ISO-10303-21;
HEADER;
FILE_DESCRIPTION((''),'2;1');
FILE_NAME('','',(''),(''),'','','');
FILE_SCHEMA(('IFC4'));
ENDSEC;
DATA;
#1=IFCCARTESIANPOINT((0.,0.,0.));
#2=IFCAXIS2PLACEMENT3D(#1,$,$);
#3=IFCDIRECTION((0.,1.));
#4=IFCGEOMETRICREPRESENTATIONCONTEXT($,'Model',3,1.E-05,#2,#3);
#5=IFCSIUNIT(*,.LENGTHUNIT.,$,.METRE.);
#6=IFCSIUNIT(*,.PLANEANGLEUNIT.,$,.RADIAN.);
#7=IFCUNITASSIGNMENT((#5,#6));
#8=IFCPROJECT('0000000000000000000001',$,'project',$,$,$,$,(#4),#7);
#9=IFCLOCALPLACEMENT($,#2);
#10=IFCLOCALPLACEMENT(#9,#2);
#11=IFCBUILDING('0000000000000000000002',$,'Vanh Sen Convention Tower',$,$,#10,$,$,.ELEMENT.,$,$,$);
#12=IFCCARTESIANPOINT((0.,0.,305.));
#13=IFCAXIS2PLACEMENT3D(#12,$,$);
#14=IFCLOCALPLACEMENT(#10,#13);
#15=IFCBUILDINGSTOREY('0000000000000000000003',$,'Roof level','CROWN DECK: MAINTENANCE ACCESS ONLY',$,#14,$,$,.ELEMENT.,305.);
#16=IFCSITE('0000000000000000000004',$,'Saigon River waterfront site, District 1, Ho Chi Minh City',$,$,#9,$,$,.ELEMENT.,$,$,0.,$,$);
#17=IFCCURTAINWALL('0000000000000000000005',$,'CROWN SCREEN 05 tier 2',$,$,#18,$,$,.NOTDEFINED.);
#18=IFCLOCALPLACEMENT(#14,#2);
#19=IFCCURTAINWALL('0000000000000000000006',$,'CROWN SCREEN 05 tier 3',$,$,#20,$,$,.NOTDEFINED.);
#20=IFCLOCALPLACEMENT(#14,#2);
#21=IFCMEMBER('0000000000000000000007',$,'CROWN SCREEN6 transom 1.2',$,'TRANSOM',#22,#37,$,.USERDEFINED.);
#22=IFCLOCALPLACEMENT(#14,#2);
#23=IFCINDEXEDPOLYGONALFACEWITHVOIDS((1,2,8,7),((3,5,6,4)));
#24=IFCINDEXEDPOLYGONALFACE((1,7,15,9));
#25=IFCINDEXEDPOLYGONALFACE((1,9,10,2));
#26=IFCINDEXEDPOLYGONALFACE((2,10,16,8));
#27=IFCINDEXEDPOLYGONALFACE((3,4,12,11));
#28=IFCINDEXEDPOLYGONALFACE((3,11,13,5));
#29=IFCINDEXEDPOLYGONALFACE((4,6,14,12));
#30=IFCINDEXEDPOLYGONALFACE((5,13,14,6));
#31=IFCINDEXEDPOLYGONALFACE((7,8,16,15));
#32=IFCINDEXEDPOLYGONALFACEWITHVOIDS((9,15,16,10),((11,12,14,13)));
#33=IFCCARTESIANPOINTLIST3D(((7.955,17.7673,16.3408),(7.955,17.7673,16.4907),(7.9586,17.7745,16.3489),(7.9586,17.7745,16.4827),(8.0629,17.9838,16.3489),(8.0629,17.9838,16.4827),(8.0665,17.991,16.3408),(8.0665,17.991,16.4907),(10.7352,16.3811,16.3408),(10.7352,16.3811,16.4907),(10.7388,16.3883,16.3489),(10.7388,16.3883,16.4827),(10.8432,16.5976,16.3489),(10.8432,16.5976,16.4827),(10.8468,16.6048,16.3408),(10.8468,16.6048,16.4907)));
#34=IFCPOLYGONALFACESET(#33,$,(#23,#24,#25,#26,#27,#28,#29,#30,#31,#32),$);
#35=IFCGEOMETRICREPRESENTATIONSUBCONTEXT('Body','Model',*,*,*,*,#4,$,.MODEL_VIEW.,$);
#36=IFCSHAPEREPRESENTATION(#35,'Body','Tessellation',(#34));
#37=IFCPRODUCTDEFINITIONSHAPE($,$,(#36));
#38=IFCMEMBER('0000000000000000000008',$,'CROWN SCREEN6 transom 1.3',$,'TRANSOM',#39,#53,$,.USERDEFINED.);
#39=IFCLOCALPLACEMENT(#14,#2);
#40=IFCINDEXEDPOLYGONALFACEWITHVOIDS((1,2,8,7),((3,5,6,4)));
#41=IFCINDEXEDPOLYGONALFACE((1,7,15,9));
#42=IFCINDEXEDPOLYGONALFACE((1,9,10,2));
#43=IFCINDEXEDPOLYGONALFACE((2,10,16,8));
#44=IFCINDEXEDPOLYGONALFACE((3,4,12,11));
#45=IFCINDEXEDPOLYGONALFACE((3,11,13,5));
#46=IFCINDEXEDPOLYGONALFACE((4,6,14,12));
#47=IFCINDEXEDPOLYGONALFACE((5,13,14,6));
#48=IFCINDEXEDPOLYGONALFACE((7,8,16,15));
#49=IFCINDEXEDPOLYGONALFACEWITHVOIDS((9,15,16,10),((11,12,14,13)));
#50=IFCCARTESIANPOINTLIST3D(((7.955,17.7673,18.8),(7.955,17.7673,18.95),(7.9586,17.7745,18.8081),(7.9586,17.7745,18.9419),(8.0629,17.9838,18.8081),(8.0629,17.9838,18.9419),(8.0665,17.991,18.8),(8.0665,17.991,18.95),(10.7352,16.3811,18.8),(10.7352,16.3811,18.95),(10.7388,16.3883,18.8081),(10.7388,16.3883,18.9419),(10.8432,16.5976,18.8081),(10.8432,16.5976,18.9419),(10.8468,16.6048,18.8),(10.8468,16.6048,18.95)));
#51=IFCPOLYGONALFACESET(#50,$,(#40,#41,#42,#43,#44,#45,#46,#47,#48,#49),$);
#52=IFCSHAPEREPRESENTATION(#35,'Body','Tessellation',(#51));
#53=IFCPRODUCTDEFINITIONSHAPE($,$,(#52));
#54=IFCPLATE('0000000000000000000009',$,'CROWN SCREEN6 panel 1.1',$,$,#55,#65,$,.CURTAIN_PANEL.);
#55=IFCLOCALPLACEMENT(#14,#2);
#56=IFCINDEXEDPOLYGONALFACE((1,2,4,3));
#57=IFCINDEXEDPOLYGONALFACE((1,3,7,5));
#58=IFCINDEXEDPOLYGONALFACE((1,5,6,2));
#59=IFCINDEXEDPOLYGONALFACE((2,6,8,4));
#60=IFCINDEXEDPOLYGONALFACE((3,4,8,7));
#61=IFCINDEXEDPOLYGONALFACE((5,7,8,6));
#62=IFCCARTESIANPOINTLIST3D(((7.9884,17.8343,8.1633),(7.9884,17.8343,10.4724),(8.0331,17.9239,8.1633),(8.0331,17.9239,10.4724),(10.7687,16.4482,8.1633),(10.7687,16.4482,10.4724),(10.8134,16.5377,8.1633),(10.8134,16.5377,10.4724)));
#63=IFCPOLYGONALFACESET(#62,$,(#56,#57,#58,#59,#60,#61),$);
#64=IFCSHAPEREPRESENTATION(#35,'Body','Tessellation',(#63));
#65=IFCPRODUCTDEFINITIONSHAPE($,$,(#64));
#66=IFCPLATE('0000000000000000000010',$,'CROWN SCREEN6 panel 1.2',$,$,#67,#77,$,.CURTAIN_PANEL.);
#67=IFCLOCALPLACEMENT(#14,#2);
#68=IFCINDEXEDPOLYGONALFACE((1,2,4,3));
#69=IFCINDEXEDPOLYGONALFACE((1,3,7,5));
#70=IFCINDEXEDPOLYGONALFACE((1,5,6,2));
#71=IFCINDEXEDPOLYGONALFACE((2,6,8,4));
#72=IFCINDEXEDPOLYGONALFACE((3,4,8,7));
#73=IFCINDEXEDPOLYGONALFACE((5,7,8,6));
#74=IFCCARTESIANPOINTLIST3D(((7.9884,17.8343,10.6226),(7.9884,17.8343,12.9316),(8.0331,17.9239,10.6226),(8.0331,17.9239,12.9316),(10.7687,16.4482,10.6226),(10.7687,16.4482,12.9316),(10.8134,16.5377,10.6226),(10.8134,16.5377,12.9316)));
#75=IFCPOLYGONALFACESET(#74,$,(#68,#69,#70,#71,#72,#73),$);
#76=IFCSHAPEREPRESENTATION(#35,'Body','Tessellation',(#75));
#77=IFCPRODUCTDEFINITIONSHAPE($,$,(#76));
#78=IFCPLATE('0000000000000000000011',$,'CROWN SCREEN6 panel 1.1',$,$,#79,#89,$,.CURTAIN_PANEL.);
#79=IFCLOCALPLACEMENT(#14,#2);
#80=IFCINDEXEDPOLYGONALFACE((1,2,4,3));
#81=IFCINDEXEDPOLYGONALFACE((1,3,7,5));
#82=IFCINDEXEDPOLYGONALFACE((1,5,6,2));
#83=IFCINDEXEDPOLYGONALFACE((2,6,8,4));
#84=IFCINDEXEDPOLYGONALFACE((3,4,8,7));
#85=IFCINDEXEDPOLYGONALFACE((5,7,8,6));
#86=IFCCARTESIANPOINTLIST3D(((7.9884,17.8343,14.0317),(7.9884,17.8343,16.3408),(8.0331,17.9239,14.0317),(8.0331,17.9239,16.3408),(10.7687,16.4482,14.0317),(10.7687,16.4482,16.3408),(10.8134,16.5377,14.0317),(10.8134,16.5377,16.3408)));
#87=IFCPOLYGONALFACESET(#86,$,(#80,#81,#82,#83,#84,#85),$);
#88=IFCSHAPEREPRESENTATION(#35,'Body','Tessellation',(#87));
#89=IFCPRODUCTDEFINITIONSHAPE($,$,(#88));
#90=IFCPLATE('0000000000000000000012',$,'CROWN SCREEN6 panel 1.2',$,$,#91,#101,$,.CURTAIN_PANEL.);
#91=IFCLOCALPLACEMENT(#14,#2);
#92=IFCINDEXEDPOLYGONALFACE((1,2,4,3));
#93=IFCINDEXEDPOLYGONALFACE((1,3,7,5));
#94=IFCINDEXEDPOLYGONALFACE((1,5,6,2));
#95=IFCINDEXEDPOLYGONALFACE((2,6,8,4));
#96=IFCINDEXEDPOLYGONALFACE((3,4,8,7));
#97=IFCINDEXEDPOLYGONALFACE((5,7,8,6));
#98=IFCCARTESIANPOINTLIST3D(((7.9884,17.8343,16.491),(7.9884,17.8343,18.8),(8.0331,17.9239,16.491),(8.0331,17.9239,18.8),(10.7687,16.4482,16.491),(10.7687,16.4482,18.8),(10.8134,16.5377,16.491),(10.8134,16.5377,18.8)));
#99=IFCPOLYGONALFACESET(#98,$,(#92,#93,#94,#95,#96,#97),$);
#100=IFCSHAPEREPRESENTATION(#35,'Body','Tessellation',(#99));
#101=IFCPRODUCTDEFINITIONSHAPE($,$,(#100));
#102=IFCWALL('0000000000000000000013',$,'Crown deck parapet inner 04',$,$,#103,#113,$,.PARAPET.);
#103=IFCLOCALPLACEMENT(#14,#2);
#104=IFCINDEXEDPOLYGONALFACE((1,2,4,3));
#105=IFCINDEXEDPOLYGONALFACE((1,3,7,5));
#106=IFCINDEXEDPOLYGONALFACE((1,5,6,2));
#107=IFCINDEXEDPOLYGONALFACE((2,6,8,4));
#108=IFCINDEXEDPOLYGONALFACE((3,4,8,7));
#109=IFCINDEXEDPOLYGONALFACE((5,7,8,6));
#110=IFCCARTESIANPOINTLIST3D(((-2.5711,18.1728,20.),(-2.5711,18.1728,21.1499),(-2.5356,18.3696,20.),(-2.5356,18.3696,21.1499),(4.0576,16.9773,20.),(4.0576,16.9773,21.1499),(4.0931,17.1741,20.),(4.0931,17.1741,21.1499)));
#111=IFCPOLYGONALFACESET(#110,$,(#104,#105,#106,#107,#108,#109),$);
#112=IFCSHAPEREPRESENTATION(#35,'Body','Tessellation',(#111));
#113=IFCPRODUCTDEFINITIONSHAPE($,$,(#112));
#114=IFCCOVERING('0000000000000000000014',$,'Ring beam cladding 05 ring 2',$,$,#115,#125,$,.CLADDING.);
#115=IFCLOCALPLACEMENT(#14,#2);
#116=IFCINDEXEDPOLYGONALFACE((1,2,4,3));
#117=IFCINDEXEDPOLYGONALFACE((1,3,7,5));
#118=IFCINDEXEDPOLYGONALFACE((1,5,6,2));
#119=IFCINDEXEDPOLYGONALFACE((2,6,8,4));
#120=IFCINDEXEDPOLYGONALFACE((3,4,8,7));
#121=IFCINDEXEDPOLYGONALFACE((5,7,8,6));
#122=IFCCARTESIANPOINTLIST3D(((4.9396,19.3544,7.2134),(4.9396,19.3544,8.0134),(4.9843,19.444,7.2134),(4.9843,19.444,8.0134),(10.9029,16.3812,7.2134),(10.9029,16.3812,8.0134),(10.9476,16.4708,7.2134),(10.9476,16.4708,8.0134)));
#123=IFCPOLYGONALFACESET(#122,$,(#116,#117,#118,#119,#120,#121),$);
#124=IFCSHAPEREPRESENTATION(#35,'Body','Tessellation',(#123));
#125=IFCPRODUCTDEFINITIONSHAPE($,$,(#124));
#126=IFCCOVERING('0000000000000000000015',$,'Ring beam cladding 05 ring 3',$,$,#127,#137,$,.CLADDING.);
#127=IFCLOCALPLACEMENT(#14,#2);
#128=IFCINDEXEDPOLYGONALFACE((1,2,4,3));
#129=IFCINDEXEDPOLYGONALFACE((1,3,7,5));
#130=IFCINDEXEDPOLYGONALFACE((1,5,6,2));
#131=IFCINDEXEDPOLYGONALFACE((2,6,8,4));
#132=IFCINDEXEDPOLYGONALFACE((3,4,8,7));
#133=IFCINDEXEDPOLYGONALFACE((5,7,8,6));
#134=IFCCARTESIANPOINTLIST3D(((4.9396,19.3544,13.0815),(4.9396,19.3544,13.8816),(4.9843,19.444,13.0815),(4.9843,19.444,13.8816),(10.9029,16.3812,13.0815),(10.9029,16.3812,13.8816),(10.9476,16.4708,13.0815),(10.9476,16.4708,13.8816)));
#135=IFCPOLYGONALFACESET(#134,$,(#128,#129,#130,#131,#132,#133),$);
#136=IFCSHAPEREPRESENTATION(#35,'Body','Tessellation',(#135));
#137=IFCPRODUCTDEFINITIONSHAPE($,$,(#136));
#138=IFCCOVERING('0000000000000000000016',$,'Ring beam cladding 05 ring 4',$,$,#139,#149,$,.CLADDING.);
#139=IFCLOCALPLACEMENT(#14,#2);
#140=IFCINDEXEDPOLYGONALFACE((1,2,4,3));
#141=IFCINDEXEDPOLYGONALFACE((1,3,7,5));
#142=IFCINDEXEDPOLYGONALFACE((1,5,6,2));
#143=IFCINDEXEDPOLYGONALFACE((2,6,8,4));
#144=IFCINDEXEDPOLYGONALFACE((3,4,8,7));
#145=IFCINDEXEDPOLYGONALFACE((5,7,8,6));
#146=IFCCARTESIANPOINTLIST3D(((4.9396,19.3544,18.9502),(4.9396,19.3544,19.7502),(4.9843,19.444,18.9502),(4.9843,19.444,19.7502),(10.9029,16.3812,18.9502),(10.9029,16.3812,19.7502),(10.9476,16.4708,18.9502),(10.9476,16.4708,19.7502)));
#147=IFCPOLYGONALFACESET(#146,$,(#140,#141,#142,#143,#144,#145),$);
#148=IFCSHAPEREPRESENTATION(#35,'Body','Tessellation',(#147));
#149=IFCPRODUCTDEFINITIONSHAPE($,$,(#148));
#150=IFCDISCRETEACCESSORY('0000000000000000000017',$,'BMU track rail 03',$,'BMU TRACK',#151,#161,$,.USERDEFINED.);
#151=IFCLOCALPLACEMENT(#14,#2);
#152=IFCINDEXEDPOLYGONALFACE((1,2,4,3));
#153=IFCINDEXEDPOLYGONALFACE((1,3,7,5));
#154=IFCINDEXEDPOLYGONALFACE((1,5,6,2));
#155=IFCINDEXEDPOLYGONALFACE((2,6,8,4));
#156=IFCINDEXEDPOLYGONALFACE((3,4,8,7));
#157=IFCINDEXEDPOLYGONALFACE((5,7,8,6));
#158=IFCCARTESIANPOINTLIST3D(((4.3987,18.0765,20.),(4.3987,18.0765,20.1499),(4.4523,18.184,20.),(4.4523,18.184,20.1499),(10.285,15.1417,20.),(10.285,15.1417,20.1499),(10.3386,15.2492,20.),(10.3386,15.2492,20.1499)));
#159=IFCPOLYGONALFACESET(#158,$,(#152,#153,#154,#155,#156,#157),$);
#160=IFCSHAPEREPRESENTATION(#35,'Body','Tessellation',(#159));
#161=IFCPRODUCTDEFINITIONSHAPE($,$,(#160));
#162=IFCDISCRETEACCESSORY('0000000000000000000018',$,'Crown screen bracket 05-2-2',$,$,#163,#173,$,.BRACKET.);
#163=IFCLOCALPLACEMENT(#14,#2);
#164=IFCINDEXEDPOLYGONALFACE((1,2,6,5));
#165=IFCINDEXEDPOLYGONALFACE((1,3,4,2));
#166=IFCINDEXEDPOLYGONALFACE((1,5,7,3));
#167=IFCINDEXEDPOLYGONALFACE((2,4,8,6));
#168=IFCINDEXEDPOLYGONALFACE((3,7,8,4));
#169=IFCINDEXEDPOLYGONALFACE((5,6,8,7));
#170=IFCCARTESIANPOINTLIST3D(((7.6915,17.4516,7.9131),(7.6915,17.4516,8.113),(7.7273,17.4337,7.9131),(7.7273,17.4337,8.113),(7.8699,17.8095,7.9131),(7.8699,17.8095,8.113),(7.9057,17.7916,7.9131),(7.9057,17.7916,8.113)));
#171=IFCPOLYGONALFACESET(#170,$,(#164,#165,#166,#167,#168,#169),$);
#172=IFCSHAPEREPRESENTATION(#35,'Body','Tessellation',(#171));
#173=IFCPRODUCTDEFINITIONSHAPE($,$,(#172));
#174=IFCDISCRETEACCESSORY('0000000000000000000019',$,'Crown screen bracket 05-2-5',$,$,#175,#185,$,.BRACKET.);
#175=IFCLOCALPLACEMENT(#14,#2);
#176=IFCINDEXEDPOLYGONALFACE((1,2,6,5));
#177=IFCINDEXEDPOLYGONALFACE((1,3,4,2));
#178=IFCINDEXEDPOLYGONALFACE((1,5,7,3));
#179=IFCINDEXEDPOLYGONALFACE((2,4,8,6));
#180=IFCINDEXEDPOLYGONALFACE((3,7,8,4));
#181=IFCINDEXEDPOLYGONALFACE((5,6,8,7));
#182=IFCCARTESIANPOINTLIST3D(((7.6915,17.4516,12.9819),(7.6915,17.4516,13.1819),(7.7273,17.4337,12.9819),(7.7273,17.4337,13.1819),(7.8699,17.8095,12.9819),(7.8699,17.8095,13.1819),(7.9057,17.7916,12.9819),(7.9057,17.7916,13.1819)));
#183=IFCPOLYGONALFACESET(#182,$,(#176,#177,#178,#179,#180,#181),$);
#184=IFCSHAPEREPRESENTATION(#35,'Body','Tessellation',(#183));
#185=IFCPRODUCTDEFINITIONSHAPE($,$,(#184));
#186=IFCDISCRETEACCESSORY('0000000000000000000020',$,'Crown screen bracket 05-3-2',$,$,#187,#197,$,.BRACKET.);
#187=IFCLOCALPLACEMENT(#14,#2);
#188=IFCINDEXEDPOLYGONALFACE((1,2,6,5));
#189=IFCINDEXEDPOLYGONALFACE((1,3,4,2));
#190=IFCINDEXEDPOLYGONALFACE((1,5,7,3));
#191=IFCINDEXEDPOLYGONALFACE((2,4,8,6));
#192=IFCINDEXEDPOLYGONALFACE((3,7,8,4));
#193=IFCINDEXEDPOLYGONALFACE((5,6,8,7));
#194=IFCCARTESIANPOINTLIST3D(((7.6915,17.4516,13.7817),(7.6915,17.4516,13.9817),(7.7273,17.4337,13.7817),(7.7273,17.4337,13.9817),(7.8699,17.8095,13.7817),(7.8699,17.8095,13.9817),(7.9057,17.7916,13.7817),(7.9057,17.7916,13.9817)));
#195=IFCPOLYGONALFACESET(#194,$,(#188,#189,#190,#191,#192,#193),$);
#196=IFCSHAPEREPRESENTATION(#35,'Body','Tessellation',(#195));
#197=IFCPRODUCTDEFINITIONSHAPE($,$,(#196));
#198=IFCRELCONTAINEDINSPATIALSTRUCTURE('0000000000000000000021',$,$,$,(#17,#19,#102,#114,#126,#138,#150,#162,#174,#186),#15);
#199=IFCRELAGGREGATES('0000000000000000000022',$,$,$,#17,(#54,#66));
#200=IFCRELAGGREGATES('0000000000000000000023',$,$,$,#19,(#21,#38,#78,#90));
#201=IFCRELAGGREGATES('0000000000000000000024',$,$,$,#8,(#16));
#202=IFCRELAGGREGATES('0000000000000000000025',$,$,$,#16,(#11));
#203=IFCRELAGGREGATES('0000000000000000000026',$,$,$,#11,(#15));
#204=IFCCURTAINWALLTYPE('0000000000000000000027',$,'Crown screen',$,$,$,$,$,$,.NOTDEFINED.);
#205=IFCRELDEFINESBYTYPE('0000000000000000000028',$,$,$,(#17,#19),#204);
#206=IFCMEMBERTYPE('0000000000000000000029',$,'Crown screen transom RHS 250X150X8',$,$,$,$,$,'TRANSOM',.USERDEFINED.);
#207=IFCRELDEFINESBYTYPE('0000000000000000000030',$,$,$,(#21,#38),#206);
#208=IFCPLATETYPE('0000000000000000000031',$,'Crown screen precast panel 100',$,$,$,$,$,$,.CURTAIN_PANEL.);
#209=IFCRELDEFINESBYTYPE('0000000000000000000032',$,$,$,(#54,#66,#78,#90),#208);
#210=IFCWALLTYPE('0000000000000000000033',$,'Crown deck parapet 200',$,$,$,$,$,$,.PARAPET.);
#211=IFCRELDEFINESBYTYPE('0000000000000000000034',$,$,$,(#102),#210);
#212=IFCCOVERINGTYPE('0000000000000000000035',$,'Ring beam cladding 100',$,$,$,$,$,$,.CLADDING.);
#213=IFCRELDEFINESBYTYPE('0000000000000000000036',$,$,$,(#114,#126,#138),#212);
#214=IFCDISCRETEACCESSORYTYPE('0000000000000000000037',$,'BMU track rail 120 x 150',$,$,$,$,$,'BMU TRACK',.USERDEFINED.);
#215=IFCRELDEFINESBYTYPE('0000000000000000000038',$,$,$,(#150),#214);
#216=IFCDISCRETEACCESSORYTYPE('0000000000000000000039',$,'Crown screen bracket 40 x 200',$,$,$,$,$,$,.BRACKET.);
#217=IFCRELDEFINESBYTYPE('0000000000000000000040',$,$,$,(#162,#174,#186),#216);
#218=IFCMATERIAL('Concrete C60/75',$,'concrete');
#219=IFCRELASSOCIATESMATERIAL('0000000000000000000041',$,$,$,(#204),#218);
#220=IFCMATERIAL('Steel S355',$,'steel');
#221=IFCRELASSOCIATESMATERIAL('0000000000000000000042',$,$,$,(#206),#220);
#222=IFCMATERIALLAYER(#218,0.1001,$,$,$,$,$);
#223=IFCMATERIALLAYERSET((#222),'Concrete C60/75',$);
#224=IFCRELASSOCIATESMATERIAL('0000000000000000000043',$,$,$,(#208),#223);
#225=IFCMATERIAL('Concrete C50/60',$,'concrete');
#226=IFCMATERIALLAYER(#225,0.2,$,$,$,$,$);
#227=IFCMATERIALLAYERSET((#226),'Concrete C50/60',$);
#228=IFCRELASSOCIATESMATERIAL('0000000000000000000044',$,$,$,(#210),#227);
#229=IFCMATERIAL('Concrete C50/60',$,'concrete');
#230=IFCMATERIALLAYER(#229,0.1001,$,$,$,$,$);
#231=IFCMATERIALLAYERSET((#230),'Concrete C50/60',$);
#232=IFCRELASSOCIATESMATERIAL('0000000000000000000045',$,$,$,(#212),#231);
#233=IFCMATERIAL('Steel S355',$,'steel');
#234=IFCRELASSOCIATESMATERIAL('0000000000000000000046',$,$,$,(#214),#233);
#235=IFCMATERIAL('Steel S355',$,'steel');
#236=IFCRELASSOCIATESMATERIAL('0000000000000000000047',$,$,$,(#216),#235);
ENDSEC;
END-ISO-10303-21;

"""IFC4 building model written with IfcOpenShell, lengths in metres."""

from ifc_helpers import new_model, si_unit, direction, frame, frame_2d, origin, origin_2d, place, context, subcontext, project, spatial, rectangle, hollow_rectangle, extrude, material, layer, layer_set, material_profile, profile_set, type_object, element, aggregate, save


model = new_model("IFC4")

# Units and contexts
model_context = context("Model", 3, precision=1e-05, world=origin(), true_north=direction((0.0, 1.0)))
body_context = subcontext(model_context, "Body", "Model", "MODEL_VIEW")
ifc_project = project(units=[si_unit("LENGTHUNIT", "METRE"), si_unit("PLANEANGLEUNIT", "RADIAN")], contexts=[model_context])

# Site, building, storey
site_placement = place(None, origin())
site = spatial("IfcSite", under=ifc_project, at=site_placement, Name="Saigon River waterfront site, District 1, Ho Chi Minh City", CompositionType="ELEMENT", RefElevation=0.0)
building_placement = place(site_placement, origin())
building = spatial("IfcBuilding", under=site, at=building_placement, Name="Vanh Sen Convention Tower", CompositionType="ELEMENT")
storey_placement = place(building_placement, frame((0.0, 0.0, 305.0)))
storey = spatial("IfcBuildingStorey", under=building, at=storey_placement, Name="Roof level", Description="CROWN DECK: MAINTENANCE ACCESS ONLY", CompositionType="ELEMENT", Elevation=305.0)

# Shared definitions
ifc_material_1 = material(Name="Concrete C60/75", Category="concrete")
curtain_wall_type = type_object("IfcCurtainWallType", Name="Crown screen", PredefinedType="NOTDEFINED", material=ifc_material_1)
ifc_material_2 = material(Name="Steel S355", Category="steel")

# Curtain walls
curtain_wall_1_placement = place(storey_placement, origin())
curtain_wall_1 = element("IfcCurtainWall", 1, at=curtain_wall_1_placement, inside=storey, type_object=curtain_wall_type, Name="CROWN SCREEN 05 tier 2", PredefinedType="NOTDEFINED")
curtain_wall_2_placement = place(storey_placement, origin())
curtain_wall_2 = element("IfcCurtainWall", 2, at=curtain_wall_2_placement, inside=storey, type_object=curtain_wall_type, Name="CROWN SCREEN 05 tier 3", PredefinedType="NOTDEFINED")

# Shared definitions
ifc_material_profile_1 = material_profile(ifc_material_2, hollow_rectangle(XDim=0.25, YDim=0.1499, WallThickness=0.0081, at=origin_2d()), Name="RHS 250X150X8")
ifc_profile_set_1 = profile_set([ifc_material_profile_1], Name="Steel S355")
member_type_1 = type_object("IfcMemberType", Name="Crown screen transom RHS 250X150X8", ElementType="TRANSOM", PredefinedType="USERDEFINED", material=ifc_profile_set_1)

# Members
member_1_placement = place(storey_placement, frame((10.791, 16.4929, 16.4158), z_axis=(-0.89493, 0.446207, 0.0), x_axis=(-0.446207, -0.89493, 0.0)))
member_1 = element("IfcMember", 3, at=member_1_placement, type_object=member_type_1, Name="CROWN SCREEN6 transom 1.2", ObjectType="TRANSOM", PredefinedType="USERDEFINED", context=body_context, shape_type="SweptSolid", body=[
    extrude(hollow_rectangle(XDim=0.25, YDim=0.1499, WallThickness=0.0081, at=origin_2d()), origin(), (0.0, 0.0, 1.0), 3.1067),
])
member_2_placement = place(storey_placement, frame((10.791, 16.4929, 18.875), z_axis=(-0.89493, 0.446207, 0.0), x_axis=(-0.446207, -0.89493, 0.0)))
member_2 = element("IfcMember", 4, at=member_2_placement, type_object=member_type_1, Name="CROWN SCREEN6 transom 1.3", ObjectType="TRANSOM", PredefinedType="USERDEFINED", context=body_context, shape_type="SweptSolid", body=[
    extrude(hollow_rectangle(XDim=0.25, YDim=0.1499, WallThickness=0.0081, at=origin_2d()), origin(), (0.0, 0.0, 1.0), 3.1067),
])

# Plates
ifc_layer_1 = layer(ifc_material_1, 0.1001)
ifc_layer_set_1 = layer_set([ifc_layer_1], Name="Concrete C60/75")
plate_type = type_object("IfcPlateType", Name="Crown screen precast panel 100", PredefinedType="CURTAIN_PANEL", material=ifc_layer_set_1)
plate_1_placement = place(storey_placement, frame((9.4009, 17.186, 8.1633), z_axis=(0.0, 0.0, 1.0), x_axis=(-0.894937, 0.446193, 0.0)))
plate_1 = element("IfcPlate", 5, at=plate_1_placement, type_object=plate_type, Name="CROWN SCREEN6 panel 1.1", PredefinedType="CURTAIN_PANEL", context=body_context, shape_type="SweptSolid", body=[
    extrude(rectangle(XDim=3.1067, YDim=0.1001, at=origin_2d()), origin(), (0.0, 0.0, 1.0), 2.3091),
])
plate_2_placement = place(storey_placement, frame((9.4009, 17.186, 10.6226), z_axis=(0.0, 0.0, 1.0), x_axis=(-0.894937, 0.446193, 0.0)))
plate_2 = element("IfcPlate", 6, at=plate_2_placement, type_object=plate_type, Name="CROWN SCREEN6 panel 1.2", PredefinedType="CURTAIN_PANEL", context=body_context, shape_type="SweptSolid", body=[
    extrude(rectangle(XDim=3.1067, YDim=0.1001, at=origin_2d()), origin(), (0.0, 0.0, 1.0), 2.3091),
])
aggregate(curtain_wall_1, [plate_1, plate_2])
plate_3_placement = place(storey_placement, frame((9.4009, 17.186, 14.0317), z_axis=(0.0, 0.0, 1.0), x_axis=(-0.894937, 0.446193, 0.0)))
plate_3 = element("IfcPlate", 7, at=plate_3_placement, type_object=plate_type, Name="CROWN SCREEN6 panel 1.1", PredefinedType="CURTAIN_PANEL", context=body_context, shape_type="SweptSolid", body=[
    extrude(rectangle(XDim=3.1067, YDim=0.1001, at=origin_2d()), origin(), (0.0, 0.0, 1.0), 2.3091),
])
plate_4_placement = place(storey_placement, frame((9.4009, 17.186, 16.491), z_axis=(0.0, 0.0, 1.0), x_axis=(-0.894937, 0.446193, 0.0)))
plate_4 = element("IfcPlate", 8, at=plate_4_placement, type_object=plate_type, Name="CROWN SCREEN6 panel 1.2", PredefinedType="CURTAIN_PANEL", context=body_context, shape_type="SweptSolid", body=[
    extrude(rectangle(XDim=3.1067, YDim=0.1001, at=origin_2d()), origin(), (0.0, 0.0, 1.0), 2.3091),
])
aggregate(curtain_wall_2, [member_1, member_2, plate_3, plate_4])

# Wall
ifc_material_3 = material(Name="Concrete C50/60", Category="concrete")
ifc_layer_2 = layer(ifc_material_3, 0.2)
ifc_layer_set_2 = layer_set([ifc_layer_2], Name="Concrete C50/60")
wall_type = type_object("IfcWallType", Name="Crown deck parapet 200", PredefinedType="PARAPET", material=ifc_layer_set_2)
wall_placement = place(storey_placement, frame((4.0752, 17.0757, 20.0), z_axis=(0.0, 0.0, 1.0), x_axis=(-0.984121, 0.177498, 0.0)))
element("IfcWall", 9, at=wall_placement, inside=storey, type_object=wall_type, Name="Crown deck parapet inner 04", PredefinedType="PARAPET", context=body_context, shape_type="SweptSolid", body=[
    extrude(rectangle(XDim=6.7356, YDim=0.2, at=frame_2d((3.3677, 0.0))), origin(), (0.0, 0.0, 1.0), 1.1499),
])

# Coverings
ifc_material_4 = material(Name="Concrete C50/60", Category="concrete")
ifc_layer_3 = layer(ifc_material_4, 0.1001)
ifc_layer_set_3 = layer_set([ifc_layer_3], Name="Concrete C50/60")
covering_type = type_object("IfcCoveringType", Name="Ring beam cladding 100", PredefinedType="CLADDING", material=ifc_layer_set_3)
for number, where, z_axis, x_axis, name in (
    (10, (7.9436, 17.9126, 7.2134), (0.0, 0.0, 1.0), (-0.894937, 0.446193, 0.0), "Ring beam cladding 05 ring 2"),
    (11, (7.9436, 17.9126, 13.0815), (0.0, 0.0, 1.0), (-0.894937, 0.446193, 0.0), "Ring beam cladding 05 ring 3"),
    (12, (7.9436, 17.9126, 18.9502), (0.0, 0.0, 1.0), (-0.894937, 0.446193, 0.0), "Ring beam cladding 05 ring 4"),
):
    element("IfcCovering", number, at=place(storey_placement, frame(where, z_axis=z_axis, x_axis=x_axis)), inside=storey, type_object=covering_type, Name=name, PredefinedType="CLADDING", context=body_context, shape_type="SweptSolid", body=[
        extrude(rectangle(XDim=6.6633, YDim=0.1001, at=origin_2d()), origin(), (0.0, 0.0, 1.0), 0.8),
    ])

# Discrete accessories
ifc_material_5 = material(Name="Steel S355", Category="steel")
discrete_accessory_type_1 = type_object("IfcDiscreteAccessoryType", Name="BMU track rail 120 x 150", ElementType="BMU TRACK", PredefinedType="USERDEFINED", material=ifc_material_5)
discrete_accessory_placement = place(storey_placement, frame((7.3687, 16.6628, 20.0), z_axis=(0.0, 0.0, 1.0), x_axis=(-0.894931, 0.446204, 0.0)))
element("IfcDiscreteAccessory", 13, at=discrete_accessory_placement, inside=storey, type_object=discrete_accessory_type_1, Name="BMU track rail 03", ObjectType="BMU TRACK", PredefinedType="USERDEFINED", context=body_context, shape_type="SweptSolid", body=[
    extrude(rectangle(XDim=6.5774, YDim=0.1201, at=origin_2d()), origin(), (0.0, 0.0, 1.0), 0.1499),
])
ifc_material_6 = material(Name="Steel S355", Category="steel")
discrete_accessory_type_2 = type_object("IfcDiscreteAccessoryType", Name="Crown screen bracket 40 x 200", PredefinedType="BRACKET", material=ifc_material_6)
for number, where, z_axis, x_axis, name in (
    (14, (7.7986, 17.6216, 7.9131), (0.0, 0.0, 1.0), (0.446193, 0.894937, 0.0), "Crown screen bracket 05-2-2"),
    (15, (7.7986, 17.6216, 12.9819), (0.0, 0.0, 1.0), (0.446193, 0.894937, 0.0), "Crown screen bracket 05-2-5"),
    (16, (7.7986, 17.6216, 13.7817), (0.0, 0.0, 1.0), (0.446193, 0.894937, 0.0), "Crown screen bracket 05-3-2"),
):
    element("IfcDiscreteAccessory", number, at=place(storey_placement, frame(where, z_axis=z_axis, x_axis=x_axis)), inside=storey, type_object=discrete_accessory_type_2, Name=name, PredefinedType="BRACKET", context=body_context, shape_type="SweptSolid", body=[
        extrude(rectangle(XDim=0.3999, YDim=0.04, at=origin_2d()), origin(), (0.0, 0.0, 1.0), 0.2),
    ])

save(model, "model.ifc")
